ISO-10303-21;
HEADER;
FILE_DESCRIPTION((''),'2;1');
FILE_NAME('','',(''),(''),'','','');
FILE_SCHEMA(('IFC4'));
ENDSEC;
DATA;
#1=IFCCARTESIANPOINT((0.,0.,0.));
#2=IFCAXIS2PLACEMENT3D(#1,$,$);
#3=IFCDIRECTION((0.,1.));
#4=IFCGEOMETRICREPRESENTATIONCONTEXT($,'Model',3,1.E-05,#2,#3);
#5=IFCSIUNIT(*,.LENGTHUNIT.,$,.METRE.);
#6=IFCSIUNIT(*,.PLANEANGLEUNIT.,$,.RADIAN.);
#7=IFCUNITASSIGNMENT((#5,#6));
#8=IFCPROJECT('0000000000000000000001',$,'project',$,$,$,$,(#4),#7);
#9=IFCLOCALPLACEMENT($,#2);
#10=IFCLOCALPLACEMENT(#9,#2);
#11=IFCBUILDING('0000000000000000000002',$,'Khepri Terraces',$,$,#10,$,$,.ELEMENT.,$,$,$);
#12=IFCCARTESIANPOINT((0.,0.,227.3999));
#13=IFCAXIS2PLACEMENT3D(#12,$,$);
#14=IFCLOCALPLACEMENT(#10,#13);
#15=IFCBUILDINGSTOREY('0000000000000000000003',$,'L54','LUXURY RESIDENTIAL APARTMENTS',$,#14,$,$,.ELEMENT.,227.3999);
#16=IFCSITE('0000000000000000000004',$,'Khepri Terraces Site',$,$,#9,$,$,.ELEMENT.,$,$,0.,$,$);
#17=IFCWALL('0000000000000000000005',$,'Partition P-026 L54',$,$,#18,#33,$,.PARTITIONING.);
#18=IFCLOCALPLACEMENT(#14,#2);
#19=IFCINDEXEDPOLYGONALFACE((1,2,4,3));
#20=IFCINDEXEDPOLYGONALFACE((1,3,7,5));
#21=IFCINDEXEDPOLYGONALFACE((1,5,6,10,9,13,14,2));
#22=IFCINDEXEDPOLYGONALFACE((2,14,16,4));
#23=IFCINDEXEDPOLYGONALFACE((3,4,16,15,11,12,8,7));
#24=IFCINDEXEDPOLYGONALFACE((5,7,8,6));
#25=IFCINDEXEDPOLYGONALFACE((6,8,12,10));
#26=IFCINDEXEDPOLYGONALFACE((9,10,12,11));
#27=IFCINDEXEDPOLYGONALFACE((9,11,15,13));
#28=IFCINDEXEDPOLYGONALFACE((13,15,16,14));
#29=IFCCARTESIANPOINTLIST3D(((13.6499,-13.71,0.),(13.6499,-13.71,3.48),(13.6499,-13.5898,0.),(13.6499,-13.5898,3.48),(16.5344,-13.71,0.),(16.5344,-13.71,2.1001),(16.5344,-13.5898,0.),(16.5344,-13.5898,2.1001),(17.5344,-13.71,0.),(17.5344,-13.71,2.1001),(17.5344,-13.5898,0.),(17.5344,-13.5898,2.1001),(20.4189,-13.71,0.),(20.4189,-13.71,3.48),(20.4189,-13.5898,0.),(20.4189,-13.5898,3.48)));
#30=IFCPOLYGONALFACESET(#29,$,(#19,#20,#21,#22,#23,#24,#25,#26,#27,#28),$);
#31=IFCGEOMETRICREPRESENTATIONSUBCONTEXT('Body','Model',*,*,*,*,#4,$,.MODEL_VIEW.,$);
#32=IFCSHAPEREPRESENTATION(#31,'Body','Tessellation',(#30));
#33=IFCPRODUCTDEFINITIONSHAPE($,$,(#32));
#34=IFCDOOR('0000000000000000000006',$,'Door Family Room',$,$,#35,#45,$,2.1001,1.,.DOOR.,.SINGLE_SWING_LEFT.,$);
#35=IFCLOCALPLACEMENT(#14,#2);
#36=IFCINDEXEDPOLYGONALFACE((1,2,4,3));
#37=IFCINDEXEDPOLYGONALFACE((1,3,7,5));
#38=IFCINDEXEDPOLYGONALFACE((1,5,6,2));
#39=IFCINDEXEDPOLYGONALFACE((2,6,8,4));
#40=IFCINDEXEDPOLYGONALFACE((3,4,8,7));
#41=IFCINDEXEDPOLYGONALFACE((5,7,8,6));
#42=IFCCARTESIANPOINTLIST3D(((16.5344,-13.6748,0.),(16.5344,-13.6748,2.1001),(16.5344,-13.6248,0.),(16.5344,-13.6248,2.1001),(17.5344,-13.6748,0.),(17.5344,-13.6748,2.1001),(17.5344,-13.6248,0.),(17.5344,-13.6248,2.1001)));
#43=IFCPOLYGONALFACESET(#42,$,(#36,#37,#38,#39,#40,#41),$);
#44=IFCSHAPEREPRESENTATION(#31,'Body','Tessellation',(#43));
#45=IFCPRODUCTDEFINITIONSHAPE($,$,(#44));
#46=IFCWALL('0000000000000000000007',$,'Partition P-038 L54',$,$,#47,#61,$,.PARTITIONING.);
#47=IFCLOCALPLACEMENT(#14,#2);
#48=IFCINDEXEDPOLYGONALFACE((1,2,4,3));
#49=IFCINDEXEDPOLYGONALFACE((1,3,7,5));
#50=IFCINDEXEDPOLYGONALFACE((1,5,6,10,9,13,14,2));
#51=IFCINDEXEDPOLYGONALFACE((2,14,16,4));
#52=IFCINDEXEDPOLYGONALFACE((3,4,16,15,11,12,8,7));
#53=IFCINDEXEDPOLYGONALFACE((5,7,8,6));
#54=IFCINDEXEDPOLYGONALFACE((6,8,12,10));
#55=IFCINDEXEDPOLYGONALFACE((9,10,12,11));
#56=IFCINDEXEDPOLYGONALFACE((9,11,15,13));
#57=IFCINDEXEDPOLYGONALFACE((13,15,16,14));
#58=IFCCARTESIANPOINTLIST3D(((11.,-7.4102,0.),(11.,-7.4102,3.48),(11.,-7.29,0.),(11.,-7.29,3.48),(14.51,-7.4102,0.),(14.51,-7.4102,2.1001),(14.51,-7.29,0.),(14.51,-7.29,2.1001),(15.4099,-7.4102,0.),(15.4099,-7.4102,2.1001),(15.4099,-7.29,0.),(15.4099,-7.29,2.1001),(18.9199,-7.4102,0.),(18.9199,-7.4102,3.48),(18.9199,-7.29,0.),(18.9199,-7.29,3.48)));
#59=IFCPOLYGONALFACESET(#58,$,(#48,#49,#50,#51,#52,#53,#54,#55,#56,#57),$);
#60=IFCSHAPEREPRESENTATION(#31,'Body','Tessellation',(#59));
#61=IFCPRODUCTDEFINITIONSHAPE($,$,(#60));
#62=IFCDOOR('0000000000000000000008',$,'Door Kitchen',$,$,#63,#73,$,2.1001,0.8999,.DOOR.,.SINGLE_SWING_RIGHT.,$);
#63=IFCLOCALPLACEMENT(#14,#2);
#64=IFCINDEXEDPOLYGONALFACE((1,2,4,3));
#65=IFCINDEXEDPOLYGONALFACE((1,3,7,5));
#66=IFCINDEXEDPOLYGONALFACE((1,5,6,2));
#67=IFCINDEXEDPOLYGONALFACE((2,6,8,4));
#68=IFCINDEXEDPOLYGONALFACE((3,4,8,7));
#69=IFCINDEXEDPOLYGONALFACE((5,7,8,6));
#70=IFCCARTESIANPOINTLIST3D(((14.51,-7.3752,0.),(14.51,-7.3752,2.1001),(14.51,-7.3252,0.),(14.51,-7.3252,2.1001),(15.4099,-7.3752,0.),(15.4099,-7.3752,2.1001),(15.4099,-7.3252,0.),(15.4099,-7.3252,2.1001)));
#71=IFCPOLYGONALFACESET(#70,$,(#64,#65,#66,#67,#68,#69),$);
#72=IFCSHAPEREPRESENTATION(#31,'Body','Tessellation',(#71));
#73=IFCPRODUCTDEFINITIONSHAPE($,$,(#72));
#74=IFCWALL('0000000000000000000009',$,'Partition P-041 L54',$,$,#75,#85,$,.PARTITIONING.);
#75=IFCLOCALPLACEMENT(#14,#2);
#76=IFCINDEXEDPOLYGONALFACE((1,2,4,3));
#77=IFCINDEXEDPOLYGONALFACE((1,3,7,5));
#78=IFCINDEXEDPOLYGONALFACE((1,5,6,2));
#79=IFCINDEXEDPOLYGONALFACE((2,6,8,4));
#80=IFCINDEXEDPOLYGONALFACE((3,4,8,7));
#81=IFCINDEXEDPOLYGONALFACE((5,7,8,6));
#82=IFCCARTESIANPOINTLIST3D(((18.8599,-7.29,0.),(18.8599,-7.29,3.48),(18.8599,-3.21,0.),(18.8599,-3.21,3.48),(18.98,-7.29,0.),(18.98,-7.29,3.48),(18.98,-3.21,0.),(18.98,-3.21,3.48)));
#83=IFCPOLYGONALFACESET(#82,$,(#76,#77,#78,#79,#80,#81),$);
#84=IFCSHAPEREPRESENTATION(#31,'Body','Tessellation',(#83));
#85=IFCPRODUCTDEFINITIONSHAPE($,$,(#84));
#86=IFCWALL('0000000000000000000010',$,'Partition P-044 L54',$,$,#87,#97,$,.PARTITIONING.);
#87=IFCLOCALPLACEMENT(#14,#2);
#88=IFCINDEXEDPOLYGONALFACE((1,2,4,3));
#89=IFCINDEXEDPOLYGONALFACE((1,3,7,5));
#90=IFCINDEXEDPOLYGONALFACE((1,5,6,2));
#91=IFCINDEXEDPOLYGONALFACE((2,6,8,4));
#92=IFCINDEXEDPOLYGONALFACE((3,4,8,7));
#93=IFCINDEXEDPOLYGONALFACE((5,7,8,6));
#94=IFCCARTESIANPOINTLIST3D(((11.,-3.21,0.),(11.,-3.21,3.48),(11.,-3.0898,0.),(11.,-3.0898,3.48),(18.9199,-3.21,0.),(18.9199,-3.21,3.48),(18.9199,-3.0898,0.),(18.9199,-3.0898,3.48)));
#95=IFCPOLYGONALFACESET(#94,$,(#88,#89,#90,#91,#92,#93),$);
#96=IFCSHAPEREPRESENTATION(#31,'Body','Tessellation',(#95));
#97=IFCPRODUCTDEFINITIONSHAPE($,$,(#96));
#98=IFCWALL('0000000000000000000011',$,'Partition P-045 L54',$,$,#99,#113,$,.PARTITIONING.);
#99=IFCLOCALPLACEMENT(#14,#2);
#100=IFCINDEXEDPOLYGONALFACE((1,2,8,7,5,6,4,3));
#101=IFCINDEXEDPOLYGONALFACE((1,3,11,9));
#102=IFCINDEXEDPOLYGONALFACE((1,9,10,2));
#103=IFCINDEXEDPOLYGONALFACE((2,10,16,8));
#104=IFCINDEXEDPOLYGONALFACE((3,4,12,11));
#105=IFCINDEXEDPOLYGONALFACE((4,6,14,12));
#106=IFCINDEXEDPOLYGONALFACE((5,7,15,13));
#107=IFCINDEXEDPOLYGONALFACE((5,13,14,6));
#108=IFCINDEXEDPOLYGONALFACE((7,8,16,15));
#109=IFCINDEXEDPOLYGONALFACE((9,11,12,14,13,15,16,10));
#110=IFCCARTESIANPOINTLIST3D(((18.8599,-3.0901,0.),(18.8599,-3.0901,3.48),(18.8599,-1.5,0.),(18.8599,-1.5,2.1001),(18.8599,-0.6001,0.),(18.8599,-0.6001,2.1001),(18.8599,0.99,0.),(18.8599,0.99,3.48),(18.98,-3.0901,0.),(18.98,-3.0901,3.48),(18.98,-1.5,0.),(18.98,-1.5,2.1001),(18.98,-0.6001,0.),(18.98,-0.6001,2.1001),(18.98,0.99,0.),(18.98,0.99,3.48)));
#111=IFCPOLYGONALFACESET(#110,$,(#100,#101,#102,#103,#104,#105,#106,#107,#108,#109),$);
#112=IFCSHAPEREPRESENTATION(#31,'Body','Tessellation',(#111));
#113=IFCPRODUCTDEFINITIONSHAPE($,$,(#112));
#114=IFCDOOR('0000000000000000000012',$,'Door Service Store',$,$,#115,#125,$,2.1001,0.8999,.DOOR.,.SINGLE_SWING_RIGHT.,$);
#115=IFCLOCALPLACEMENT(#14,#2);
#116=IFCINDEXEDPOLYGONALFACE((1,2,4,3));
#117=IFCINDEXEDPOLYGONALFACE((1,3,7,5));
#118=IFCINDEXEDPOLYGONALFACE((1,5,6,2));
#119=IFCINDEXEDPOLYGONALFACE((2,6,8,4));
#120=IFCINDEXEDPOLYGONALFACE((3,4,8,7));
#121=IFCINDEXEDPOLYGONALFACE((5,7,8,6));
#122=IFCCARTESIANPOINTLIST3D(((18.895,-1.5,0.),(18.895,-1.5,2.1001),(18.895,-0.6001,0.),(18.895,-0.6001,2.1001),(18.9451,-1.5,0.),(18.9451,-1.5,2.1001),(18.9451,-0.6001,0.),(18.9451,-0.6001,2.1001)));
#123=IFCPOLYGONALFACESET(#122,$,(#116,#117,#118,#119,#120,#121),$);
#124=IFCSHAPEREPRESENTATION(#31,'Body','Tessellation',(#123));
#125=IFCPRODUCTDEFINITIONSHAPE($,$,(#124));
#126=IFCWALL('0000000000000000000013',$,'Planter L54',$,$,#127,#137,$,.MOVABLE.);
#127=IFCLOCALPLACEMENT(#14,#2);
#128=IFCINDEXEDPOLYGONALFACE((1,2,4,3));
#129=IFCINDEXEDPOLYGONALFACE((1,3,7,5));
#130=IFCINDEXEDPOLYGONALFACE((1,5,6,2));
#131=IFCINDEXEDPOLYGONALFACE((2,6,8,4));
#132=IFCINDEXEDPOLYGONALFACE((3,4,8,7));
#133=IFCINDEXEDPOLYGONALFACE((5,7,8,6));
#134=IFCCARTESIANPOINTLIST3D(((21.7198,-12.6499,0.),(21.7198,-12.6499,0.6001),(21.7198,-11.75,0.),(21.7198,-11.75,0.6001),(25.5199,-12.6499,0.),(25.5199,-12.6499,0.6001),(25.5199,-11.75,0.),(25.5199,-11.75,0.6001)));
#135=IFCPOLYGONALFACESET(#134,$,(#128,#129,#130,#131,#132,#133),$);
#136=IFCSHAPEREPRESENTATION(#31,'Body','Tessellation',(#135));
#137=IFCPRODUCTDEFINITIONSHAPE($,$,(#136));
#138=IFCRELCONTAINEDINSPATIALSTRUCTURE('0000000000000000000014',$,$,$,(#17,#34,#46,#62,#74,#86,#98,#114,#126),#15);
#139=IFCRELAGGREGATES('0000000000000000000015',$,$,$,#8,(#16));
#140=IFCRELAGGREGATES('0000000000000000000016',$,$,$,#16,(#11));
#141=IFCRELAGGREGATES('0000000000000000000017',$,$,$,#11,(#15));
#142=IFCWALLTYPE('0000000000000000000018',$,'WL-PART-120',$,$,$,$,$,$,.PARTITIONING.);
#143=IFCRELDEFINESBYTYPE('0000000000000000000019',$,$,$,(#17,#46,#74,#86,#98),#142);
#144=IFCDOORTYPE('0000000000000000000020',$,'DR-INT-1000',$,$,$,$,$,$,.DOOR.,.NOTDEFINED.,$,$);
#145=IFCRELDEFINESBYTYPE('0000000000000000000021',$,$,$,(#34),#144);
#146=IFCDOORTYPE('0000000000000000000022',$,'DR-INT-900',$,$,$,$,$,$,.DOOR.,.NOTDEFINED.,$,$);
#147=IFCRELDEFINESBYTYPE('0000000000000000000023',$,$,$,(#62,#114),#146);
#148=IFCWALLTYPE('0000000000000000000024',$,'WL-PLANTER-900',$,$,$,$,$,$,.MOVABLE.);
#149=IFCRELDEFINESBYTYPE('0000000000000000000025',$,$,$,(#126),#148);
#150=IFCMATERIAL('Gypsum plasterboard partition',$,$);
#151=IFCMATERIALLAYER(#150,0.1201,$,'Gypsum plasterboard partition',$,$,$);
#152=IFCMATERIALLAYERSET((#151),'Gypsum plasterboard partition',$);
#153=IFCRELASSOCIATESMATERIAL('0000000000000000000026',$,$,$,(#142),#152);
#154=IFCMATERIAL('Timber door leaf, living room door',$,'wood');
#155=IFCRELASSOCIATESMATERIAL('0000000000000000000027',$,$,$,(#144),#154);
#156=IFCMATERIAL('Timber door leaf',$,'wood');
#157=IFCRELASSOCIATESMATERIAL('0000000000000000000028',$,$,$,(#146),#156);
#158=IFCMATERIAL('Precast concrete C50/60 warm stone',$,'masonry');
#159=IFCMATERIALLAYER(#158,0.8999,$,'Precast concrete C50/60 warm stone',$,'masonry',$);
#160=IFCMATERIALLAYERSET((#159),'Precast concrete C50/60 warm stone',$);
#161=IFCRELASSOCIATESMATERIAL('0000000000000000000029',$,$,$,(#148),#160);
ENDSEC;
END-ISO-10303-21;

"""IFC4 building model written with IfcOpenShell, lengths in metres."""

from ifc_helpers import new_model, si_unit, direction, frame, frame_2d, origin, place, context, subcontext, project, spatial, rectangle, extrude, material, layer, layer_set, type_object, element, fill, save


model = new_model("IFC4")

# Units and contexts
model_context = context("Model", 3, precision=1e-05, world=origin(), true_north=direction((0.0, 1.0)))
body_context = subcontext(model_context, "Body", "Model", "MODEL_VIEW")
ifc_project = project(units=[si_unit("LENGTHUNIT", "METRE"), si_unit("PLANEANGLEUNIT", "RADIAN")], contexts=[model_context])

# Site, building, storey
site_placement = place(None, origin())
site = spatial("IfcSite", under=ifc_project, at=site_placement, Name="Khepri Terraces Site", CompositionType="ELEMENT", RefElevation=0.0)
building_placement = place(site_placement, origin())
building = spatial("IfcBuilding", under=site, at=building_placement, Name="Khepri Terraces", CompositionType="ELEMENT")
storey_placement = place(building_placement, frame((0.0, 0.0, 227.3999)))
storey = spatial("IfcBuildingStorey", under=building, at=storey_placement, Name="L54", Description="LUXURY RESIDENTIAL APARTMENTS", CompositionType="ELEMENT", Elevation=227.3999)

# Shared definitions
ifc_material_1 = material(Name="Precast concrete C50/60 warm stone", Category="masonry")

# Walls, openings, doors
ifc_material_2 = material(Name="Gypsum plasterboard partition")
ifc_layer_1 = layer(ifc_material_2, 0.1201, Name="Gypsum plasterboard partition")
ifc_layer_set_1 = layer_set([ifc_layer_1], Name="Gypsum plasterboard partition")
wall_type_1 = type_object("IfcWallType", Name="WL-PART-120", PredefinedType="PARTITIONING", material=ifc_layer_set_1)
wall_1_placement = place(storey_placement, frame((13.6499, -13.6499, 0.0), z_axis=(0.0, 0.0, 1.0), x_axis=(1.0, 0.0, 0.0)))
wall_1 = element("IfcWall", 1, at=wall_1_placement, inside=storey, type_object=wall_type_1, Name="Partition P-026 L54", PredefinedType="PARTITIONING", context=body_context, shape_type="SweptSolid", body=[
    extrude(rectangle(XDim=6.769, YDim=0.1201, at=frame_2d((3.3845, 0.0))), origin(), (0.0, 0.0, 1.0), 3.48),
])
opening_1_placement = place(wall_1_placement, frame((2.8845, 0.0, 0.0)))
opening_1 = element("IfcOpeningElement", 2, at=opening_1_placement, cuts=wall_1, PredefinedType="OPENING", context=body_context, shape_type="SweptSolid", body=[
    extrude(rectangle(XDim=1.0, YDim=2.1001, at=frame_2d((0.5, 1.05))), frame((0.0, 0.0701, 0.0), z_axis=(0.0, -1.0, 0.0), x_axis=(1.0, 0.0, 0.0)), (0.0, 0.0, 1.0), 0.1401),
])
ifc_material_3 = material(Name="Timber door leaf, living room door", Category="wood")
door_type_1 = type_object("IfcDoorType", Name="DR-INT-1000", OperationType="NOTDEFINED", PredefinedType="DOOR", material=ifc_material_3)
door_1_placement = place(opening_1_placement, frame((1.0, 0.0, 0.0), z_axis=(0.0, 0.0, 1.0), x_axis=(-1.0, 0.0, 0.0)))
door_1 = element("IfcDoor", 3, at=door_1_placement, inside=storey, type_object=door_type_1, Name="Door Family Room", OperationType="SINGLE_SWING_LEFT", OverallHeight=2.1001, OverallWidth=1.0, PredefinedType="DOOR", context=body_context, shape_type="SweptSolid", body=[
    extrude(rectangle(XDim=1.0, YDim=2.1001, at=frame_2d((0.5, 1.05))), frame((0.0, 0.0249, 0.0), z_axis=(0.0, -1.0, 0.0), x_axis=(1.0, 0.0, 0.0)), (0.0, 0.0, 1.0), 0.05),
])
fill(opening_1, door_1)
wall_2_placement = place(storey_placement, frame((11.0, -7.3501, 0.0), z_axis=(0.0, 0.0, 1.0), x_axis=(1.0, 0.0, 0.0)))
wall_2 = element("IfcWall", 4, at=wall_2_placement, inside=storey, type_object=wall_type_1, Name="Partition P-038 L54", PredefinedType="PARTITIONING", context=body_context, shape_type="SweptSolid", body=[
    extrude(rectangle(XDim=7.9199, YDim=0.1201, at=frame_2d((3.96, 0.0))), origin(), (0.0, 0.0, 1.0), 3.48),
])
opening_2_placement = place(wall_2_placement, frame((3.51, 0.0, 0.0)))
opening_2 = element("IfcOpeningElement", 5, at=opening_2_placement, cuts=wall_2, PredefinedType="OPENING", context=body_context, shape_type="SweptSolid", body=[
    extrude(rectangle(XDim=0.8999, YDim=2.1001, at=frame_2d((0.45, 1.05))), frame((0.0, 0.0701, 0.0), z_axis=(0.0, -1.0, 0.0), x_axis=(1.0, 0.0, 0.0)), (0.0, 0.0, 1.0), 0.1401),
])
ifc_material_4 = material(Name="Timber door leaf", Category="wood")
door_type_2 = type_object("IfcDoorType", Name="DR-INT-900", OperationType="NOTDEFINED", PredefinedType="DOOR", material=ifc_material_4)
door_2_placement = place(opening_2_placement, origin())
door_2 = element("IfcDoor", 6, at=door_2_placement, inside=storey, type_object=door_type_2, Name="Door Kitchen", OperationType="SINGLE_SWING_RIGHT", OverallHeight=2.1001, OverallWidth=0.8999, PredefinedType="DOOR", context=body_context, shape_type="SweptSolid", body=[
    extrude(rectangle(XDim=0.8999, YDim=2.1001, at=frame_2d((0.45, 1.05))), frame((0.0, 0.0249, 0.0), z_axis=(0.0, -1.0, 0.0), x_axis=(1.0, 0.0, 0.0)), (0.0, 0.0, 1.0), 0.05),
])
fill(opening_2, door_2)

# Walls
wall_3_placement = place(storey_placement, frame((18.9199, -7.29, 0.0), z_axis=(0.0, 0.0, 1.0), x_axis=(0.0, 1.0, 0.0)))
element("IfcWall", 7, at=wall_3_placement, inside=storey, type_object=wall_type_1, Name="Partition P-041 L54", PredefinedType="PARTITIONING", context=body_context, shape_type="SweptSolid", body=[
    extrude(rectangle(XDim=4.0801, YDim=0.1201, at=frame_2d((2.04, 0.0))), origin(), (0.0, 0.0, 1.0), 3.48),
])
wall_4_placement = place(storey_placement, frame((11.0, -3.1499, 0.0), z_axis=(0.0, 0.0, 1.0), x_axis=(1.0, 0.0, 0.0)))
element("IfcWall", 8, at=wall_4_placement, inside=storey, type_object=wall_type_1, Name="Partition P-044 L54", PredefinedType="PARTITIONING", context=body_context, shape_type="SweptSolid", body=[
    extrude(rectangle(XDim=7.9199, YDim=0.1201, at=frame_2d((3.96, 0.0))), origin(), (0.0, 0.0, 1.0), 3.48),
])

# Wall, opening, door
wall_5_placement = place(storey_placement, frame((18.9199, -3.0901, 0.0), z_axis=(0.0, 0.0, 1.0), x_axis=(0.0, 1.0, 0.0)))
wall_5 = element("IfcWall", 9, at=wall_5_placement, inside=storey, type_object=wall_type_1, Name="Partition P-045 L54", PredefinedType="PARTITIONING", context=body_context, shape_type="SweptSolid", body=[
    extrude(rectangle(XDim=4.0801, YDim=0.1201, at=frame_2d((2.04, 0.0))), origin(), (0.0, 0.0, 1.0), 3.48),
])
opening_3_placement = place(wall_5_placement, frame((1.5901, 0.0, 0.0)))
opening_3 = element("IfcOpeningElement", 10, at=opening_3_placement, cuts=wall_5, PredefinedType="OPENING", context=body_context, shape_type="SweptSolid", body=[
    extrude(rectangle(XDim=0.8999, YDim=2.1001, at=frame_2d((0.45, 1.05))), frame((0.0, 0.0701, 0.0), z_axis=(0.0, -1.0, 0.0), x_axis=(1.0, 0.0, 0.0)), (0.0, 0.0, 1.0), 0.1401),
])
door_3_placement = place(opening_3_placement, origin())
door_3 = element("IfcDoor", 11, at=door_3_placement, inside=storey, type_object=door_type_2, Name="Door Service Store", OperationType="SINGLE_SWING_RIGHT", OverallHeight=2.1001, OverallWidth=0.8999, PredefinedType="DOOR", context=body_context, shape_type="SweptSolid", body=[
    extrude(rectangle(XDim=0.8999, YDim=2.1001, at=frame_2d((0.45, 1.05))), frame((0.0, 0.0249, 0.0), z_axis=(0.0, -1.0, 0.0), x_axis=(1.0, 0.0, 0.0)), (0.0, 0.0, 1.0), 0.05),
])
fill(opening_3, door_3)

# Wall
ifc_layer_2 = layer(ifc_material_1, 0.8999, Name="Precast concrete C50/60 warm stone", Category="masonry")
ifc_layer_set_2 = layer_set([ifc_layer_2], Name="Precast concrete C50/60 warm stone")
wall_type_2 = type_object("IfcWallType", Name="WL-PLANTER-900", PredefinedType="MOVABLE", material=ifc_layer_set_2)
wall_6_placement = place(storey_placement, frame((21.72, -12.2, 0.0), z_axis=(0.0, 0.0, 1.0), x_axis=(1.0, 0.0, 0.0)))
element("IfcWall", 12, at=wall_6_placement, inside=storey, type_object=wall_type_2, Name="Planter L54", PredefinedType="MOVABLE", context=body_context, shape_type="SweptSolid", body=[
    extrude(rectangle(XDim=3.8, YDim=0.8999, at=frame_2d((1.8999, 0.0))), origin(), (0.0, 0.0, 1.0), 0.6001),
])

save(model, "model.ifc")
